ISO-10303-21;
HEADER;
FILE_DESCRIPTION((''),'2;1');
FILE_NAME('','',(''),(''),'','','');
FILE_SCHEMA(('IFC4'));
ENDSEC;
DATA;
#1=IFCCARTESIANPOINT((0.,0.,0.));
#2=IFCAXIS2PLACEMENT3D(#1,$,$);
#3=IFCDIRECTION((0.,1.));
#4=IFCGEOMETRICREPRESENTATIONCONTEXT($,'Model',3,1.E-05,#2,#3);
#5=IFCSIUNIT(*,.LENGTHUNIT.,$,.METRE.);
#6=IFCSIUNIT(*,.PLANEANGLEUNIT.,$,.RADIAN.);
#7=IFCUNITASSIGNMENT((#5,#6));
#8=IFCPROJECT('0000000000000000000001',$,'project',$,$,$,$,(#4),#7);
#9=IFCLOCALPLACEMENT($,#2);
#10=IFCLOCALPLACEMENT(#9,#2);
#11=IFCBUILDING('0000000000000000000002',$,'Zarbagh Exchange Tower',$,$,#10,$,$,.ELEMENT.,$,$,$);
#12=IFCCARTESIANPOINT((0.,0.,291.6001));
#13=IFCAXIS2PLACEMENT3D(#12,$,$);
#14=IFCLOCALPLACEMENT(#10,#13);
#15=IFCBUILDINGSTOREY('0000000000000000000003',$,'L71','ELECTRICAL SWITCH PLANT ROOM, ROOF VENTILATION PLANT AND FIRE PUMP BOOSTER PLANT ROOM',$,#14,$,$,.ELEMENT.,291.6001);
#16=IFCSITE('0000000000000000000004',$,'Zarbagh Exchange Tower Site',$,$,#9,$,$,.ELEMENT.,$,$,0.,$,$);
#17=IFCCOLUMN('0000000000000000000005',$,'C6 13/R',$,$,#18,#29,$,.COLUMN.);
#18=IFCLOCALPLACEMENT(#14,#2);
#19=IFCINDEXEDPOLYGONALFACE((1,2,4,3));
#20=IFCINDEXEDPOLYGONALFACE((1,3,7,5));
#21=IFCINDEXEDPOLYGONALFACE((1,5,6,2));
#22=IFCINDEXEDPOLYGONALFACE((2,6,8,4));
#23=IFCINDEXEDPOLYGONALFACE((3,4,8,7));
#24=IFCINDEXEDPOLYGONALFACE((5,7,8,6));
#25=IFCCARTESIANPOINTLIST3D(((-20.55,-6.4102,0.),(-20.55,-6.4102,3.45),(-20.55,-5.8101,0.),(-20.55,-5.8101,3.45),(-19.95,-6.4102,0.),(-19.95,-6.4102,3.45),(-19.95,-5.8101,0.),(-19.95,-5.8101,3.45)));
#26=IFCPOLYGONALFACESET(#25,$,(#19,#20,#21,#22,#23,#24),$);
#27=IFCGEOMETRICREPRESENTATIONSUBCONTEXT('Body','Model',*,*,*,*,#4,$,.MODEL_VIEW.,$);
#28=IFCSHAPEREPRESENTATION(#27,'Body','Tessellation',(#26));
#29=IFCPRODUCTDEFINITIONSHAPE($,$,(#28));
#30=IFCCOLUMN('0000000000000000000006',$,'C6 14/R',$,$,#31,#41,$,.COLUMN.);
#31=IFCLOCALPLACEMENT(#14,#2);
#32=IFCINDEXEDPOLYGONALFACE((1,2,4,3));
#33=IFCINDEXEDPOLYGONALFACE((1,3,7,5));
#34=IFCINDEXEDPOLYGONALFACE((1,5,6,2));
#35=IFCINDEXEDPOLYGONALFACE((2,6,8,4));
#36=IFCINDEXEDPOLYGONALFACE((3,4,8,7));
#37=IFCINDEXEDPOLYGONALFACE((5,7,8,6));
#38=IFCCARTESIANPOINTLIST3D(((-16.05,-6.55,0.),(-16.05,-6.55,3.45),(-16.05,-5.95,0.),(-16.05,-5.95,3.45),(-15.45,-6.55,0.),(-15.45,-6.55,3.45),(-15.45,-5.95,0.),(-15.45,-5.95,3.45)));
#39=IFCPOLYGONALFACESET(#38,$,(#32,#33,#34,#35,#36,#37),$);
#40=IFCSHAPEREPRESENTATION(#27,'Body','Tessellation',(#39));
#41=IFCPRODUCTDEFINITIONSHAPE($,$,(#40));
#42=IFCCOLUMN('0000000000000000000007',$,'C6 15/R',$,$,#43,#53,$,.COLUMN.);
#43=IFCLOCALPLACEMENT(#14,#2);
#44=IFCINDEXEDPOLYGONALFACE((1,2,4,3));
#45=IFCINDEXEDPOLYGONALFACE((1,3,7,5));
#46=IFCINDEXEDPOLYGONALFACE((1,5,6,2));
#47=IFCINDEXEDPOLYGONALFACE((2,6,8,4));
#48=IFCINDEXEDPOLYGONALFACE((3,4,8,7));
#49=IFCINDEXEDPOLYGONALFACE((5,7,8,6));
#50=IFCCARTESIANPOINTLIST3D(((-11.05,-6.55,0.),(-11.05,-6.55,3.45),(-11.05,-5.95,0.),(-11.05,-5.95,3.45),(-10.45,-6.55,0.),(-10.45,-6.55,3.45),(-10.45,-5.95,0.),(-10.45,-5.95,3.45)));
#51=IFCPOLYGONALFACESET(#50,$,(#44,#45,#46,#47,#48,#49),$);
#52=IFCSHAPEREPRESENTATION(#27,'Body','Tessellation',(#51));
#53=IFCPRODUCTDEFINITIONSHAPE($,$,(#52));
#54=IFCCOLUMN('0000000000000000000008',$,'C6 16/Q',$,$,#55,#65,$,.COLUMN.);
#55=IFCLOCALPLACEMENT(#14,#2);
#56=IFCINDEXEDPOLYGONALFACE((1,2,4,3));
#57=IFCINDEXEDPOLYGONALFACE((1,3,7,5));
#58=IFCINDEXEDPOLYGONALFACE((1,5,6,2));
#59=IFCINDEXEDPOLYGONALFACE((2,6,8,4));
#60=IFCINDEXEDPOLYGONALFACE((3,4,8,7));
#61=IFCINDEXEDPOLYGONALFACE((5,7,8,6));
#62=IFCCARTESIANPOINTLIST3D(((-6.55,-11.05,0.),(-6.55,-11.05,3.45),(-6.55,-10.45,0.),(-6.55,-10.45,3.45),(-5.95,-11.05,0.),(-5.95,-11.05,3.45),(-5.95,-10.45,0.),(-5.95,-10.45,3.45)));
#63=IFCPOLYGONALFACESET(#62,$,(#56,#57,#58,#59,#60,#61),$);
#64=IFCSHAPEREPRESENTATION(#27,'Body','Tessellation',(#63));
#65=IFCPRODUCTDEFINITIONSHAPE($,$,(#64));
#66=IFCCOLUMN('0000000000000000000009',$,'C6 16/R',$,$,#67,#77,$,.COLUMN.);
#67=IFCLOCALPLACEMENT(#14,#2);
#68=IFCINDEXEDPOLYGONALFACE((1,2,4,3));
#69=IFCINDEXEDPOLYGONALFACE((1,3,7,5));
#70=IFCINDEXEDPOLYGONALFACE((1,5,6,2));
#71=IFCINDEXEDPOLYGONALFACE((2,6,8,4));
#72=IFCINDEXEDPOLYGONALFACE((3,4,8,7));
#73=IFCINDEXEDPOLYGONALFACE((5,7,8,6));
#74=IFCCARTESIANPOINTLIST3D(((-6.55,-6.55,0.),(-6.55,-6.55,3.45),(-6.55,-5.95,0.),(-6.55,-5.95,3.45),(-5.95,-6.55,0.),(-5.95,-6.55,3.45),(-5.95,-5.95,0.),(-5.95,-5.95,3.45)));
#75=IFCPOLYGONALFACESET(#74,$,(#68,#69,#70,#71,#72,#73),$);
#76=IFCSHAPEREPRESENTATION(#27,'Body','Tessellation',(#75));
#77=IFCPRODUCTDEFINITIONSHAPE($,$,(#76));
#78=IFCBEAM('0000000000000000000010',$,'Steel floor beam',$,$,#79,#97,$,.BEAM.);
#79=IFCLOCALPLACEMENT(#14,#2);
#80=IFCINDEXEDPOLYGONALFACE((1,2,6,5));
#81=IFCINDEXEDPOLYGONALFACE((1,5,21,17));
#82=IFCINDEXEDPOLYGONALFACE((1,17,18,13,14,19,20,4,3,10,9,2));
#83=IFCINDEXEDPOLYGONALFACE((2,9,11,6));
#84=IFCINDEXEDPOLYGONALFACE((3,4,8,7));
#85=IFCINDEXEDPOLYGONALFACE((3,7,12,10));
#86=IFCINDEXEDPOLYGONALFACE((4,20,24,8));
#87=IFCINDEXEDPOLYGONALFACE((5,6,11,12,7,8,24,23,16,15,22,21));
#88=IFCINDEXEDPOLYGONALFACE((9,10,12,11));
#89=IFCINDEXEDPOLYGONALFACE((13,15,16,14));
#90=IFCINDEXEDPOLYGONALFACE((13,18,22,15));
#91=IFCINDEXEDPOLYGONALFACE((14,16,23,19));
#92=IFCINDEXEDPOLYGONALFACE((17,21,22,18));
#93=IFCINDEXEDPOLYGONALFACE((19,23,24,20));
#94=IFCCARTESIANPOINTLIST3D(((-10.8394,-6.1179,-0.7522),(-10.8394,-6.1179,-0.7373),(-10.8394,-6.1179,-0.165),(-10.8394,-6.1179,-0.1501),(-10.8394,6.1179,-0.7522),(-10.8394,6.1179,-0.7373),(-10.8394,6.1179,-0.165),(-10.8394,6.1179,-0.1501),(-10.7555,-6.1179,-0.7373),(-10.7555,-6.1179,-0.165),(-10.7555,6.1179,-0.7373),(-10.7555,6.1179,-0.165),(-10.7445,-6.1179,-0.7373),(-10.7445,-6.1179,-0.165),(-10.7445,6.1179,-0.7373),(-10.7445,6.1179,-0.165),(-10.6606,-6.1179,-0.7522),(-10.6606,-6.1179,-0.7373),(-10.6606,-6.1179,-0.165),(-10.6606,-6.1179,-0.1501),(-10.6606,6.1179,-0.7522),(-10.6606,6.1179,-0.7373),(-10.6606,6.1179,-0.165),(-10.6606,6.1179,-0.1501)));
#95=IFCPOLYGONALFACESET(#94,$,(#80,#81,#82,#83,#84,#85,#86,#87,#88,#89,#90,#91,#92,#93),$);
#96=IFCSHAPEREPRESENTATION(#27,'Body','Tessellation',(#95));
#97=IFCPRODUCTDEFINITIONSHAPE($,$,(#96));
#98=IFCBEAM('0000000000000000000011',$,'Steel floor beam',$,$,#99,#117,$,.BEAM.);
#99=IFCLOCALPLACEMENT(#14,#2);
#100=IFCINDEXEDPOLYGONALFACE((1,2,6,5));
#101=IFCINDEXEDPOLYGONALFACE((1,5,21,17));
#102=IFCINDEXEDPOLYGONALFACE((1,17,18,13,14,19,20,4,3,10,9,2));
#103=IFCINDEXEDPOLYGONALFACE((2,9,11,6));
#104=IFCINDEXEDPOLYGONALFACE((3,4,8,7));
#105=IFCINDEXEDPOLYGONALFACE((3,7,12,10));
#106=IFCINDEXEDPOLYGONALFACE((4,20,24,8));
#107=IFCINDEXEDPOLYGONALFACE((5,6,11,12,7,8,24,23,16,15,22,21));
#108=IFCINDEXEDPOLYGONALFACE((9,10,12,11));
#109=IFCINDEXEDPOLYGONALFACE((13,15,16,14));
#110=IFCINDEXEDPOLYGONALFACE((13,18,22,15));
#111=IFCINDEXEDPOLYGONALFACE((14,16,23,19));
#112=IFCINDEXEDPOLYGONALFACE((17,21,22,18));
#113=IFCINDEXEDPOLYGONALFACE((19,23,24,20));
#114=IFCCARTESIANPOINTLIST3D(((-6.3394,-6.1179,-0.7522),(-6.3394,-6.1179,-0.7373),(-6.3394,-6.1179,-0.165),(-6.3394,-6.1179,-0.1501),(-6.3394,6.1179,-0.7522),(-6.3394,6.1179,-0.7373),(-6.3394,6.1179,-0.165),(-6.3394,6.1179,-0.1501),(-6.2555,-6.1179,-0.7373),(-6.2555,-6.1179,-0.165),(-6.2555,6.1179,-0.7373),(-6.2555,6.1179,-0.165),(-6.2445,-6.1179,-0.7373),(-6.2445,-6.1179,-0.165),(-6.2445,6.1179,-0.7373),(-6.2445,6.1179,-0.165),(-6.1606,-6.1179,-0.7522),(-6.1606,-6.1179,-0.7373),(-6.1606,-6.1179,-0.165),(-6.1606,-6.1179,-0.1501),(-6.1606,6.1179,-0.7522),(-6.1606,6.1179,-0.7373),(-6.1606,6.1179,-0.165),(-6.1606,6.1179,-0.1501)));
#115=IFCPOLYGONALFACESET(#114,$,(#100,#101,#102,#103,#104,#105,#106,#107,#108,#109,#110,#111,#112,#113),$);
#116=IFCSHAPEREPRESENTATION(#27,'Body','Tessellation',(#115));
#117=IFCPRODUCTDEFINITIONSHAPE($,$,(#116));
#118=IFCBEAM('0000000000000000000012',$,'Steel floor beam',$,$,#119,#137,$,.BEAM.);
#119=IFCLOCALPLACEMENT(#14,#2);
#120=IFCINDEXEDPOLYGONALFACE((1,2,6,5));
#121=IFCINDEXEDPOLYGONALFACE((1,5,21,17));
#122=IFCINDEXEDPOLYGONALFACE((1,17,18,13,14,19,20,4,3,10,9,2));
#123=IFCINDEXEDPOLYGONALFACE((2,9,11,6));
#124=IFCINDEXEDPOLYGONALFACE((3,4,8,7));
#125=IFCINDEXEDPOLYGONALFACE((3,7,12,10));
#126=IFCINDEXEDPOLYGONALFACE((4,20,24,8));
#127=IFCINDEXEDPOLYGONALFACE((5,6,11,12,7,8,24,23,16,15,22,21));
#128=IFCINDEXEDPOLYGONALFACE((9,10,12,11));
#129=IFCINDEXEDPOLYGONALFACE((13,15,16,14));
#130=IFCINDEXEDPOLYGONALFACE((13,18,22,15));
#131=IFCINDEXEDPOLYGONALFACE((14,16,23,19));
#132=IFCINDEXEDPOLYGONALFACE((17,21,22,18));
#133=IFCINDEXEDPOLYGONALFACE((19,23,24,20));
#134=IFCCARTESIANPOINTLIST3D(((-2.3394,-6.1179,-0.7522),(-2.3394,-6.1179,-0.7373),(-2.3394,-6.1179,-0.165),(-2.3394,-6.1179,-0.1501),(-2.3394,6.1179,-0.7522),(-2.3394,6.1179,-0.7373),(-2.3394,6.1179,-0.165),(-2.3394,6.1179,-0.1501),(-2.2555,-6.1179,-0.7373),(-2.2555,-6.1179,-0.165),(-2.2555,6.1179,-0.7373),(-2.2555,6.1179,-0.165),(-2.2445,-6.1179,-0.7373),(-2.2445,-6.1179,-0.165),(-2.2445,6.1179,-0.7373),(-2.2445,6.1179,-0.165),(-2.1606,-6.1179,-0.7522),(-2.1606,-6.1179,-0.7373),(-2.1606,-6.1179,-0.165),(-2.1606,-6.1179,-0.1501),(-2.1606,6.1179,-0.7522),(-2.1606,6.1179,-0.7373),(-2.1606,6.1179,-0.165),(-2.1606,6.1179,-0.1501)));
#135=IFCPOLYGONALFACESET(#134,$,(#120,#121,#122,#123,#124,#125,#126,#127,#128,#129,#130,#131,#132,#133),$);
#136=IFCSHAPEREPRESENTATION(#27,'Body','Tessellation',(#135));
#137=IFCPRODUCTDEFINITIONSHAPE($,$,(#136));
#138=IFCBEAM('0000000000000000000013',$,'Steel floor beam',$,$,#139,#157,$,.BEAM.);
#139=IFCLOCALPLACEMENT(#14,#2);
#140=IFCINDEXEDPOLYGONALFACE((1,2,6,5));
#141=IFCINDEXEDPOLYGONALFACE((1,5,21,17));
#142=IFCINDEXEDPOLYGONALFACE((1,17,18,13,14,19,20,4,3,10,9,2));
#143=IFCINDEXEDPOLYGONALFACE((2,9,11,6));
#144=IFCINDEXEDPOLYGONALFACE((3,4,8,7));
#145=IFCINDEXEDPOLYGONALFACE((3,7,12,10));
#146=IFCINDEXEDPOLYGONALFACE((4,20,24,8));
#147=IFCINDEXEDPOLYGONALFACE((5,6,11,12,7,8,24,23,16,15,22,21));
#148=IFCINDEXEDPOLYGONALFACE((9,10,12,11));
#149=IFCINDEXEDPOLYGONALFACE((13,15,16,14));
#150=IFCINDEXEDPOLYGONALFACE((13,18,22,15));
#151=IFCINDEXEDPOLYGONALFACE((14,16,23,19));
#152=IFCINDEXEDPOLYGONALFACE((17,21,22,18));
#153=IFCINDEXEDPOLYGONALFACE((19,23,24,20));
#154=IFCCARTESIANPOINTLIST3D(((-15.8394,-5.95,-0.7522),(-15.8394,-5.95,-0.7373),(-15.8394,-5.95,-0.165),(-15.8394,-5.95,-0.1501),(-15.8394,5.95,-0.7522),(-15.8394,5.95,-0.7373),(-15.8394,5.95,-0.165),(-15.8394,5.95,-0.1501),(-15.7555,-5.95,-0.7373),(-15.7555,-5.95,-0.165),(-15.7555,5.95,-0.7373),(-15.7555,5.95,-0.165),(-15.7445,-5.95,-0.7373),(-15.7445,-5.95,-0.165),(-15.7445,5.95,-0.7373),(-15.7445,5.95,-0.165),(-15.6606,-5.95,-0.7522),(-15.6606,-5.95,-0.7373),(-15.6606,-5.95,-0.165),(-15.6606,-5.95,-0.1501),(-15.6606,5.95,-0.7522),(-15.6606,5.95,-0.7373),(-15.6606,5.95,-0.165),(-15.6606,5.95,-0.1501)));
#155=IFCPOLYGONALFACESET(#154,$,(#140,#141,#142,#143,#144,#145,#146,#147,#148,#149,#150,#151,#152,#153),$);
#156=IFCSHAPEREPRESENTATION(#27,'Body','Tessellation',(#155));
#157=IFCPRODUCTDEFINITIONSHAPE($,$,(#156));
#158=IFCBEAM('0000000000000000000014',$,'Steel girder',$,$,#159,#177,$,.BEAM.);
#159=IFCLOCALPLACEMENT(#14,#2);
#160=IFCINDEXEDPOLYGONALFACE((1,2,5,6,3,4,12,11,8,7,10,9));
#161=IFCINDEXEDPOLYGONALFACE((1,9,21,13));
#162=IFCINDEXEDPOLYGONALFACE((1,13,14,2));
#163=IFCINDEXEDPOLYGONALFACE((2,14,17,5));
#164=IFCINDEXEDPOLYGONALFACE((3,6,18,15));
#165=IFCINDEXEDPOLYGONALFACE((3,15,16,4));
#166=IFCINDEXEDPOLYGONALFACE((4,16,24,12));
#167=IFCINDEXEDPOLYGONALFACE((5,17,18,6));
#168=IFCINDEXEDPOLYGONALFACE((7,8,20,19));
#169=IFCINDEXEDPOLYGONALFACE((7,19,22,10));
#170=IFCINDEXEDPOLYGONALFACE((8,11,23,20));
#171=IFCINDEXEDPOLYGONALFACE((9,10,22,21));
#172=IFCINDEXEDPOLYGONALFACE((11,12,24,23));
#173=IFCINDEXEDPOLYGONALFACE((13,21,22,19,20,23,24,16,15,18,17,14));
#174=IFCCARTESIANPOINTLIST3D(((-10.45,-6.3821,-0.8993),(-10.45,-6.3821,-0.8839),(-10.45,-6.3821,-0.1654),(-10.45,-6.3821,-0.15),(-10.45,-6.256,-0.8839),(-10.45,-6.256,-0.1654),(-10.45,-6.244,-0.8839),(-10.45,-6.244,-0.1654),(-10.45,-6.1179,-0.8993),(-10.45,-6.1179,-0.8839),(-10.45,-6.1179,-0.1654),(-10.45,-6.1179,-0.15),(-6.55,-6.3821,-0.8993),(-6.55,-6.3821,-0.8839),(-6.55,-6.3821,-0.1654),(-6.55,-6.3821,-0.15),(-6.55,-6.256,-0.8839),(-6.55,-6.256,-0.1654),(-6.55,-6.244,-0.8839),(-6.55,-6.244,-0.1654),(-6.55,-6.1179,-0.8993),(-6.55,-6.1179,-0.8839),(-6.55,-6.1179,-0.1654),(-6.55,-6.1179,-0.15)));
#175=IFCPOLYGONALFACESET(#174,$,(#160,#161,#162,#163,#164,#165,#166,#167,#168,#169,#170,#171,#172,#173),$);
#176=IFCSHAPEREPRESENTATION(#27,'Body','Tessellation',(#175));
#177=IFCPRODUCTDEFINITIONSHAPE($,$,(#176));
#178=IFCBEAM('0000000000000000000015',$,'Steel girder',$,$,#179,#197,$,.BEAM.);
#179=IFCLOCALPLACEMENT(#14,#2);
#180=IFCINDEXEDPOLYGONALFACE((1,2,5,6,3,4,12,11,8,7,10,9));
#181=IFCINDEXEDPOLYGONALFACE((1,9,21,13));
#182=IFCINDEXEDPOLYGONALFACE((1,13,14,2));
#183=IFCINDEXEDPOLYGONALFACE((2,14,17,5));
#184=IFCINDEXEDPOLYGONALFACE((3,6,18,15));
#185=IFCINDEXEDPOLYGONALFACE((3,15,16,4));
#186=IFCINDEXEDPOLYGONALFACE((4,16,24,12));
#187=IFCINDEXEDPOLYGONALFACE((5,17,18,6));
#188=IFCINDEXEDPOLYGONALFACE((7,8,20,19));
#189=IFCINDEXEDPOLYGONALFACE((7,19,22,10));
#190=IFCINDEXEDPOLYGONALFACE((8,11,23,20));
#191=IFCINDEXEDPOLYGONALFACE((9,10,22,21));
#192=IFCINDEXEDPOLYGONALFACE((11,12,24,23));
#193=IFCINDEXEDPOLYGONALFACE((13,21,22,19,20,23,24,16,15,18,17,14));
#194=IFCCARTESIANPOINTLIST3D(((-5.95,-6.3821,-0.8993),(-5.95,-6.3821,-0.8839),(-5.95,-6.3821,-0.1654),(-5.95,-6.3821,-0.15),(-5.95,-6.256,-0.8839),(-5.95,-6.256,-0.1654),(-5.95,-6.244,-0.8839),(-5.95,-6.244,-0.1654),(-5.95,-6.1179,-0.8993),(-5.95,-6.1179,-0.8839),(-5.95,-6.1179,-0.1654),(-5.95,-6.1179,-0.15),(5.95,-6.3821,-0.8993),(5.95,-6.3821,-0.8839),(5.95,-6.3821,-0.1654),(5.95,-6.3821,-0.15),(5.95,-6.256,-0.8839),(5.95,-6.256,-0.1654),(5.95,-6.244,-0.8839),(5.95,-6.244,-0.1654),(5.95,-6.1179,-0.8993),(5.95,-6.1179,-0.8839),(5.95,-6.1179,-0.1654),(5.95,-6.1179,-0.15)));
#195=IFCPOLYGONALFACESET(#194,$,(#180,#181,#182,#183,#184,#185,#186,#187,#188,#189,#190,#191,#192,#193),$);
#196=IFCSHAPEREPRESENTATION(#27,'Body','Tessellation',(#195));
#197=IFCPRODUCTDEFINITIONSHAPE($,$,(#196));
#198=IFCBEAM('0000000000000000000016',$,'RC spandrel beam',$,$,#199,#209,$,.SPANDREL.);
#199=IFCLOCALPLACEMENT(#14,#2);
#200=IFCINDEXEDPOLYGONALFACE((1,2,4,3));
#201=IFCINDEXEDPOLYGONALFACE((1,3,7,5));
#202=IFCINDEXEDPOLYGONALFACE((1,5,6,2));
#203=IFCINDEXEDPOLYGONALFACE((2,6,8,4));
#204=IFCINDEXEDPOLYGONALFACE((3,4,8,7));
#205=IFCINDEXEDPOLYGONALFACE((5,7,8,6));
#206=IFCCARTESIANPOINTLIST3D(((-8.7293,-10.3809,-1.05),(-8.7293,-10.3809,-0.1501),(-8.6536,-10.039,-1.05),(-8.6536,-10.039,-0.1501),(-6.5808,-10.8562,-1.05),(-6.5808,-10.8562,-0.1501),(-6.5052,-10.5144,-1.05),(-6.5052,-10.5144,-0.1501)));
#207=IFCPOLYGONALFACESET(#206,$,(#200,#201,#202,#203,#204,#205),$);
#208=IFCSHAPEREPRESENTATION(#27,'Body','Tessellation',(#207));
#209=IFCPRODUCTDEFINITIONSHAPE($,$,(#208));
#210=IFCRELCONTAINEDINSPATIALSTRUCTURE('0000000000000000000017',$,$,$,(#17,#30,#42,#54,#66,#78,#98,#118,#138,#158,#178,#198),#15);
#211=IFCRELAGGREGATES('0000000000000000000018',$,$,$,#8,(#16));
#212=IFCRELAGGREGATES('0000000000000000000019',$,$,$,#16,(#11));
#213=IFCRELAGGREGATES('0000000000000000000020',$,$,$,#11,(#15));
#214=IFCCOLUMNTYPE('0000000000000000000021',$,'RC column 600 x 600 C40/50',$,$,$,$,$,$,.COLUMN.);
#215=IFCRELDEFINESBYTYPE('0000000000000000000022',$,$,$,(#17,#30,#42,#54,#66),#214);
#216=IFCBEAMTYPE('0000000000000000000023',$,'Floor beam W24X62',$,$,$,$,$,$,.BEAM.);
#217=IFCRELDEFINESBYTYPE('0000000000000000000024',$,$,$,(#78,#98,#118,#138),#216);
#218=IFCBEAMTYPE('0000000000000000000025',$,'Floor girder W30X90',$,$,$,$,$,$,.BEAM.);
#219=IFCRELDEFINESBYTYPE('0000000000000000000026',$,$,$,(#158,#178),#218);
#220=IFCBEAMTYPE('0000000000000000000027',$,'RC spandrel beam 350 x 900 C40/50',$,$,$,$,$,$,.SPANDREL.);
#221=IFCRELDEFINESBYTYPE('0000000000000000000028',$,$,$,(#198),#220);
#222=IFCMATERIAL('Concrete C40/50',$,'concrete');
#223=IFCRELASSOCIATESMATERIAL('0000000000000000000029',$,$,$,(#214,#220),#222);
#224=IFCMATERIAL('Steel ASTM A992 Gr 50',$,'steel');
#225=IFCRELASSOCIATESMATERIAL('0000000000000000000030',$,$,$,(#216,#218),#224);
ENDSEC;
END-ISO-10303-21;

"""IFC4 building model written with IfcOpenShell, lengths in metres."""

from ifc_helpers import new_model, si_unit, direction, frame, origin, origin_2d, place, context, subcontext, project, spatial, rectangle, i_section, extrude, material, material_profile, profile_set, type_object, element, save


model = new_model("IFC4")

# Units and contexts
model_context = context("Model", 3, precision=1e-05, world=origin(), true_north=direction((0.0, 1.0)))
body_context = subcontext(model_context, "Body", "Model", "MODEL_VIEW")
ifc_project = project(units=[si_unit("LENGTHUNIT", "METRE"), si_unit("PLANEANGLEUNIT", "RADIAN")], contexts=[model_context])

# Site, building, storey
site_placement = place(None, origin())
site = spatial("IfcSite", under=ifc_project, at=site_placement, Name="Zarbagh Exchange Tower Site", CompositionType="ELEMENT", RefElevation=0.0)
building_placement = place(site_placement, origin())
building = spatial("IfcBuilding", under=site, at=building_placement, Name="Zarbagh Exchange Tower", CompositionType="ELEMENT")
storey_placement = place(building_placement, frame((0.0, 0.0, 291.6001)))
storey = spatial("IfcBuildingStorey", under=building, at=storey_placement, Name="L71", Description="ELECTRICAL SWITCH PLANT ROOM, ROOF VENTILATION PLANT AND FIRE PUMP BOOSTER PLANT ROOM", CompositionType="ELEMENT", Elevation=291.6001)

# Columns
ifc_material_1 = material(Name="Concrete C40/50", Category="concrete")
ifc_material_profile_1 = material_profile(ifc_material_1, rectangle(XDim=0.6001, YDim=0.6001, at=origin_2d()), Name="RC column 600 x 600 C40/50")
ifc_profile_set_1 = profile_set([ifc_material_profile_1], Name="Concrete C40/50")
column_type = type_object("IfcColumnType", Name="RC column 600 x 600 C40/50", PredefinedType="COLUMN", material=ifc_profile_set_1)
for number, where, z_axis, x_axis, name in (
    (1, (-20.25, -6.1101, 0.0), (0.0, 0.0, 1.0), (1.0, 0.0, 0.0), "C6 13/R"),
    (2, (-15.75, -6.25, 0.0), (0.0, 0.0, 1.0), (1.0, 0.0, 0.0), "C6 14/R"),
    (3, (-10.75, -6.25, 0.0), (0.0, 0.0, 1.0), (1.0, 0.0, 0.0), "C6 15/R"),
    (4, (-6.25, -10.75, 0.0), (0.0, 0.0, 1.0), (1.0, 0.0, 0.0), "C6 16/Q"),
    (5, (-6.25, -6.25, 0.0), (0.0, 0.0, 1.0), (1.0, 0.0, 0.0), "C6 16/R"),
):
    element("IfcColumn", number, at=place(storey_placement, frame(where, z_axis=z_axis, x_axis=x_axis)), inside=storey, type_object=column_type, Name=name, PredefinedType="COLUMN", context=body_context, shape_type="SweptSolid", body=[
        extrude(rectangle(XDim=0.6001, YDim=0.6001, at=origin_2d()), origin(), (0.0, 0.0, 1.0), 3.45),
    ])

# Beams
ifc_material_2 = material(Name="Steel ASTM A992 Gr 50", Category="steel")
ifc_material_profile_2 = material_profile(ifc_material_2, i_section(OverallWidth=0.1787, OverallDepth=0.6021, WebThickness=0.011, FlangeThickness=0.0149, at=origin_2d()), Name="W24X62")
ifc_profile_set_2 = profile_set([ifc_material_profile_2], Name="Steel ASTM A992 Gr 50")
beam_type_1 = type_object("IfcBeamType", Name="Floor beam W24X62", PredefinedType="BEAM", material=ifc_profile_set_2)
for number, where, z_axis, x_axis, name in (
    (6, (-10.75, -6.1179, -0.4512), (0.0, 1.0, 0.0), (-1.0, 0.0, 0.0), "Steel floor beam"),
    (7, (-6.25, -6.1179, -0.4512), (0.0, 1.0, 0.0), (-1.0, 0.0, 0.0), "Steel floor beam"),
    (8, (-2.25, -6.1179, -0.4512), (0.0, 1.0, 0.0), (-1.0, 0.0, 0.0), "Steel floor beam"),
):
    element("IfcBeam", number, at=place(storey_placement, frame(where, z_axis=z_axis, x_axis=x_axis)), inside=storey, type_object=beam_type_1, Name=name, PredefinedType="BEAM", context=body_context, shape_type="SweptSolid", body=[
        extrude(i_section(OverallWidth=0.1787, OverallDepth=0.6021, WebThickness=0.011, FlangeThickness=0.0149, at=origin_2d()), origin(), (0.0, 0.0, 1.0), 12.2358),
    ])
beam_1_placement = place(storey_placement, frame((-15.75, -5.95, -0.4512), z_axis=(0.0, 1.0, 0.0), x_axis=(-1.0, 0.0, 0.0)))
element("IfcBeam", 9, at=beam_1_placement, inside=storey, type_object=beam_type_1, Name="Steel floor beam", PredefinedType="BEAM", context=body_context, shape_type="SweptSolid", body=[
    extrude(i_section(OverallWidth=0.1787, OverallDepth=0.6021, WebThickness=0.011, FlangeThickness=0.0149, at=origin_2d()), origin(), (0.0, 0.0, 1.0), 11.8999),
])
ifc_material_profile_3 = material_profile(ifc_material_2, i_section(OverallWidth=0.2642, OverallDepth=0.7493, WebThickness=0.012, FlangeThickness=0.0154, at=origin_2d()), Name="W30X90")
ifc_profile_set_3 = profile_set([ifc_material_profile_3], Name="Steel ASTM A992 Gr 50")
beam_type_2 = type_object("IfcBeamType", Name="Floor girder W30X90", PredefinedType="BEAM", material=ifc_profile_set_3)
beam_2_placement = place(storey_placement, frame((-10.45, -6.25, -0.5247), z_axis=(1.0, 0.0, 0.0), x_axis=(0.0, 1.0, 0.0)))
element("IfcBeam", 10, at=beam_2_placement, inside=storey, type_object=beam_type_2, Name="Steel girder", PredefinedType="BEAM", context=body_context, shape_type="SweptSolid", body=[
    extrude(i_section(OverallWidth=0.2642, OverallDepth=0.7493, WebThickness=0.012, FlangeThickness=0.0154, at=origin_2d()), origin(), (0.0, 0.0, 1.0), 3.8999),
])
beam_3_placement = place(storey_placement, frame((-5.95, -6.25, -0.5247), z_axis=(1.0, 0.0, 0.0), x_axis=(0.0, 1.0, 0.0)))
element("IfcBeam", 11, at=beam_3_placement, inside=storey, type_object=beam_type_2, Name="Steel girder", PredefinedType="BEAM", context=body_context, shape_type="SweptSolid", body=[
    extrude(i_section(OverallWidth=0.2642, OverallDepth=0.7493, WebThickness=0.012, FlangeThickness=0.0154, at=origin_2d()), origin(), (0.0, 0.0, 1.0), 11.8999),
])
ifc_material_profile_4 = material_profile(ifc_material_1, rectangle(XDim=0.3501, YDim=0.8999, at=origin_2d()), Name="RC spandrel beam 350 x 900 C40/50")
ifc_profile_set_4 = profile_set([ifc_material_profile_4], Name="Concrete C40/50")
beam_type_3 = type_object("IfcBeamType", Name="RC spandrel beam 350 x 900 C40/50", PredefinedType="SPANDREL", material=ifc_profile_set_4)
beam_4_placement = place(storey_placement, frame((-6.543, -10.6853, -0.6001), z_axis=(-0.976388, 0.216026, 0.0), x_axis=(-0.216026, -0.976388, 0.0)))
element("IfcBeam", 12, at=beam_4_placement, inside=storey, type_object=beam_type_3, Name="RC spandrel beam", PredefinedType="SPANDREL", context=body_context, shape_type="SweptSolid", body=[
    extrude(rectangle(XDim=0.3501, YDim=0.8999, at=origin_2d()), origin(), (0.0, 0.0, 1.0), 2.2004),
])

save(model, "model.ifc")
